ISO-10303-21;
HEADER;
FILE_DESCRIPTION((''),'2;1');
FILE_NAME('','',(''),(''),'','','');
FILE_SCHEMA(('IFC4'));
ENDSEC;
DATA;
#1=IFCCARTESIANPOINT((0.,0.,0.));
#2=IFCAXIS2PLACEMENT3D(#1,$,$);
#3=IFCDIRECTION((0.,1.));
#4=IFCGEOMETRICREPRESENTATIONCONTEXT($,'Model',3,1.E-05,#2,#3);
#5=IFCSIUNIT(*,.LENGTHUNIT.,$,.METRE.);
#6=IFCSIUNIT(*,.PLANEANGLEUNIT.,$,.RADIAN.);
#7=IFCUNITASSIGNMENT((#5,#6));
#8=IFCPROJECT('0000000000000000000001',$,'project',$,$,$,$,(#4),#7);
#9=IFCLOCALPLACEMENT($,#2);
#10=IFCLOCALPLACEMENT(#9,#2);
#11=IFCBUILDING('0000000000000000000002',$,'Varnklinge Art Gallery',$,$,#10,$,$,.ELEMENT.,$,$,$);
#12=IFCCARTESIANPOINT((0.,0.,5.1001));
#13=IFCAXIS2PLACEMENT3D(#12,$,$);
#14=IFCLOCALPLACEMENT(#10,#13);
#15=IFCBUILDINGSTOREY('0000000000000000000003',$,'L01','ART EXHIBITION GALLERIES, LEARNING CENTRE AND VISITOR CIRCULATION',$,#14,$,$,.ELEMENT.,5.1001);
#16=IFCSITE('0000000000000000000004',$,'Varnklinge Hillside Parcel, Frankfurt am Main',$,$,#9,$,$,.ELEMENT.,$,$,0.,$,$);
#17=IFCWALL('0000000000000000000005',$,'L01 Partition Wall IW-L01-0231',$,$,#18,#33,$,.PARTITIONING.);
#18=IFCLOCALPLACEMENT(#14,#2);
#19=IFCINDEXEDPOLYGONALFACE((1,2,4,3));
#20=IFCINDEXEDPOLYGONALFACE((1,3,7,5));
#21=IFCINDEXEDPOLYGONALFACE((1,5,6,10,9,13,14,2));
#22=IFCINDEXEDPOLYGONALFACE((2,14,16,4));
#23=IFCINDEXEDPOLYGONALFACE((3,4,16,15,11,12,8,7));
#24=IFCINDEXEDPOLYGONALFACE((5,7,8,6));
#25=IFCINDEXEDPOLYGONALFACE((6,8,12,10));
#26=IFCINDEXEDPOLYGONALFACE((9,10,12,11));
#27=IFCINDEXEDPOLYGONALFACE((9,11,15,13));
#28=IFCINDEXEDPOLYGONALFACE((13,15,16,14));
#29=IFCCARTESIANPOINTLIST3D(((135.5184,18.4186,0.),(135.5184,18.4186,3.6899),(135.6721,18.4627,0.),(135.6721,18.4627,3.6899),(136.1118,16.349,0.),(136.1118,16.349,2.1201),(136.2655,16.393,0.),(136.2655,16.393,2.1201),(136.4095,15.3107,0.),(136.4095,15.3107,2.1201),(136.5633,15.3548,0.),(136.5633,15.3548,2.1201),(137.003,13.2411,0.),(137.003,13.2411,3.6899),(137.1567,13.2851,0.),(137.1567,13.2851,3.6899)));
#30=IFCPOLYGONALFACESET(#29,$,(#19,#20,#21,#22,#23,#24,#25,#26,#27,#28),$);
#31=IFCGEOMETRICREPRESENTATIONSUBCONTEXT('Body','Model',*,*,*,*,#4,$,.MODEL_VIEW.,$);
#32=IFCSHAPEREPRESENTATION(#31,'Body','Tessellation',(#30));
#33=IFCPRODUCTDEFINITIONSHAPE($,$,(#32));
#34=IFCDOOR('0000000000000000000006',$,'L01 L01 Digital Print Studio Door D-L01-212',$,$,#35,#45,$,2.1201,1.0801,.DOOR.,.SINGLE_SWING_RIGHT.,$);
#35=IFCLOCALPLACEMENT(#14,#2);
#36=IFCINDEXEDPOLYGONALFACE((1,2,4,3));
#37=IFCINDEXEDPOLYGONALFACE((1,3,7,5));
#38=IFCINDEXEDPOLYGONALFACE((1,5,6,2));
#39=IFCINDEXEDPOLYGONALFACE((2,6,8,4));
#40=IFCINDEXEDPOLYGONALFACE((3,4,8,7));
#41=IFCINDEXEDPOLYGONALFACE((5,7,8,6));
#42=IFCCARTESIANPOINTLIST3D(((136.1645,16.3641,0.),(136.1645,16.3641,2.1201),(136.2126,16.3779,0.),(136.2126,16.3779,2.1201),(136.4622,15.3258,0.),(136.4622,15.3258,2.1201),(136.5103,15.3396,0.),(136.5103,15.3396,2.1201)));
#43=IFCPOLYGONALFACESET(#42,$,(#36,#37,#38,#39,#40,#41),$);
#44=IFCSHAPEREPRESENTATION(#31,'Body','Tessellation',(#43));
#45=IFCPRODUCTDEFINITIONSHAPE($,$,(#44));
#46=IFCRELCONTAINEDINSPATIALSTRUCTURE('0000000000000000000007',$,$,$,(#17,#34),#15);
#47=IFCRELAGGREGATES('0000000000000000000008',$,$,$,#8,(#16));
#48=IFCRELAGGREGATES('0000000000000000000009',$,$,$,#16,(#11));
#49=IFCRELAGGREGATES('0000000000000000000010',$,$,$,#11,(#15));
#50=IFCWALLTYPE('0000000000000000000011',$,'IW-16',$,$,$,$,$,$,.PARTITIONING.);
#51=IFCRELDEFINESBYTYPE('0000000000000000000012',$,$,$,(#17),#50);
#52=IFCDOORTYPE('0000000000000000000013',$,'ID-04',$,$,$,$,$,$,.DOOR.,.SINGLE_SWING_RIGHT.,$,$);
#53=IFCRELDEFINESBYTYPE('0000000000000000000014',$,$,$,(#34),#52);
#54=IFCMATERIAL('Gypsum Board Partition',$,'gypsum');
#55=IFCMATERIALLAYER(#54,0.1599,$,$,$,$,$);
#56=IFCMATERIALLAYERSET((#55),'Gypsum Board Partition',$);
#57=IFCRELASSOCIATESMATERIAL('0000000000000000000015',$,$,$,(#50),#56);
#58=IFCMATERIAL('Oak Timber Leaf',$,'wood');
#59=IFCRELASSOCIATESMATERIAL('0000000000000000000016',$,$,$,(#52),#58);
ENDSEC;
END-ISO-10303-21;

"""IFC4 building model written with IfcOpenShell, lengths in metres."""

from ifc_helpers import new_model, si_unit, direction, frame, frame_2d, origin, place, context, subcontext, project, spatial, rectangle, extrude, material, layer, layer_set, type_object, element, fill, save


model = new_model("IFC4")

# Units and contexts
model_context = context("Model", 3, precision=1e-05, world=origin(), true_north=direction((0.0, 1.0)))
body_context = subcontext(model_context, "Body", "Model", "MODEL_VIEW")
ifc_project = project(units=[si_unit("LENGTHUNIT", "METRE"), si_unit("PLANEANGLEUNIT", "RADIAN")], contexts=[model_context])

# Site, building, storey
site_placement = place(None, origin())
site = spatial("IfcSite", under=ifc_project, at=site_placement, Name="Varnklinge Hillside Parcel, Frankfurt am Main", CompositionType="ELEMENT", RefElevation=0.0)
building_placement = place(site_placement, origin())
building = spatial("IfcBuilding", under=site, at=building_placement, Name="Varnklinge Art Gallery", CompositionType="ELEMENT")
storey_placement = place(building_placement, frame((0.0, 0.0, 5.1001)))
storey = spatial("IfcBuildingStorey", under=building, at=storey_placement, Name="L01", Description="ART EXHIBITION GALLERIES, LEARNING CENTRE AND VISITOR CIRCULATION", CompositionType="ELEMENT", Elevation=5.1001)

# Wall, opening, door
ifc_material_1 = material(Name="Gypsum Board Partition", Category="gypsum")
ifc_layer_1 = layer(ifc_material_1, 0.1599)
ifc_layer_set_1 = layer_set([ifc_layer_1], Name="Gypsum Board Partition")
wall_type = type_object("IfcWallType", Name="IW-16", PredefinedType="PARTITIONING", material=ifc_layer_set_1)
wall_placement = place(storey_placement, frame((135.5952, 18.4407, 0.0), z_axis=(0.0, 0.0, 1.0), x_axis=(0.275637, -0.961262, 0.0)))
wall = element("IfcWall", 1, at=wall_placement, inside=storey, type_object=wall_type, Name="L01 Partition Wall IW-L01-0231", PredefinedType="PARTITIONING", context=body_context, shape_type="SweptSolid", body=[
    extrude(rectangle(XDim=5.3862, YDim=0.1599, at=frame_2d((2.6931, 0.0))), origin(), (0.0, 0.0, 1.0), 3.6899),
])
opening_placement = place(wall_placement, frame((2.1531, 0.0, 0.0)))
opening = element("IfcOpeningElement", 2, at=opening_placement, cuts=wall, PredefinedType="OPENING", context=body_context, shape_type="SweptSolid", body=[
    extrude(rectangle(XDim=1.0801, YDim=2.1201, at=frame_2d((0.54, 1.0601))), frame((0.0, 0.0901, 0.0), z_axis=(0.0, -1.0, 0.0), x_axis=(1.0, 0.0, 0.0)), (0.0, 0.0, 1.0), 0.1799),
])
ifc_material_2 = material(Name="Oak Timber Leaf", Category="wood")
door_type = type_object("IfcDoorType", Name="ID-04", OperationType="SINGLE_SWING_RIGHT", PredefinedType="DOOR", material=ifc_material_2)
door_placement = place(opening_placement, origin())
door = element("IfcDoor", 3, at=door_placement, inside=storey, type_object=door_type, Name="L01 L01 Digital Print Studio Door D-L01-212", OperationType="SINGLE_SWING_RIGHT", OverallHeight=2.1201, OverallWidth=1.0801, PredefinedType="DOOR", context=body_context, shape_type="SweptSolid", body=[
    extrude(rectangle(XDim=1.0801, YDim=2.1201, at=frame_2d((0.54, 1.0601))), frame((0.0, 0.0249, 0.0), z_axis=(0.0, -1.0, 0.0), x_axis=(1.0, 0.0, 0.0)), (0.0, 0.0, 1.0), 0.05),
])
fill(opening, door)

save(model, "model.ifc")
